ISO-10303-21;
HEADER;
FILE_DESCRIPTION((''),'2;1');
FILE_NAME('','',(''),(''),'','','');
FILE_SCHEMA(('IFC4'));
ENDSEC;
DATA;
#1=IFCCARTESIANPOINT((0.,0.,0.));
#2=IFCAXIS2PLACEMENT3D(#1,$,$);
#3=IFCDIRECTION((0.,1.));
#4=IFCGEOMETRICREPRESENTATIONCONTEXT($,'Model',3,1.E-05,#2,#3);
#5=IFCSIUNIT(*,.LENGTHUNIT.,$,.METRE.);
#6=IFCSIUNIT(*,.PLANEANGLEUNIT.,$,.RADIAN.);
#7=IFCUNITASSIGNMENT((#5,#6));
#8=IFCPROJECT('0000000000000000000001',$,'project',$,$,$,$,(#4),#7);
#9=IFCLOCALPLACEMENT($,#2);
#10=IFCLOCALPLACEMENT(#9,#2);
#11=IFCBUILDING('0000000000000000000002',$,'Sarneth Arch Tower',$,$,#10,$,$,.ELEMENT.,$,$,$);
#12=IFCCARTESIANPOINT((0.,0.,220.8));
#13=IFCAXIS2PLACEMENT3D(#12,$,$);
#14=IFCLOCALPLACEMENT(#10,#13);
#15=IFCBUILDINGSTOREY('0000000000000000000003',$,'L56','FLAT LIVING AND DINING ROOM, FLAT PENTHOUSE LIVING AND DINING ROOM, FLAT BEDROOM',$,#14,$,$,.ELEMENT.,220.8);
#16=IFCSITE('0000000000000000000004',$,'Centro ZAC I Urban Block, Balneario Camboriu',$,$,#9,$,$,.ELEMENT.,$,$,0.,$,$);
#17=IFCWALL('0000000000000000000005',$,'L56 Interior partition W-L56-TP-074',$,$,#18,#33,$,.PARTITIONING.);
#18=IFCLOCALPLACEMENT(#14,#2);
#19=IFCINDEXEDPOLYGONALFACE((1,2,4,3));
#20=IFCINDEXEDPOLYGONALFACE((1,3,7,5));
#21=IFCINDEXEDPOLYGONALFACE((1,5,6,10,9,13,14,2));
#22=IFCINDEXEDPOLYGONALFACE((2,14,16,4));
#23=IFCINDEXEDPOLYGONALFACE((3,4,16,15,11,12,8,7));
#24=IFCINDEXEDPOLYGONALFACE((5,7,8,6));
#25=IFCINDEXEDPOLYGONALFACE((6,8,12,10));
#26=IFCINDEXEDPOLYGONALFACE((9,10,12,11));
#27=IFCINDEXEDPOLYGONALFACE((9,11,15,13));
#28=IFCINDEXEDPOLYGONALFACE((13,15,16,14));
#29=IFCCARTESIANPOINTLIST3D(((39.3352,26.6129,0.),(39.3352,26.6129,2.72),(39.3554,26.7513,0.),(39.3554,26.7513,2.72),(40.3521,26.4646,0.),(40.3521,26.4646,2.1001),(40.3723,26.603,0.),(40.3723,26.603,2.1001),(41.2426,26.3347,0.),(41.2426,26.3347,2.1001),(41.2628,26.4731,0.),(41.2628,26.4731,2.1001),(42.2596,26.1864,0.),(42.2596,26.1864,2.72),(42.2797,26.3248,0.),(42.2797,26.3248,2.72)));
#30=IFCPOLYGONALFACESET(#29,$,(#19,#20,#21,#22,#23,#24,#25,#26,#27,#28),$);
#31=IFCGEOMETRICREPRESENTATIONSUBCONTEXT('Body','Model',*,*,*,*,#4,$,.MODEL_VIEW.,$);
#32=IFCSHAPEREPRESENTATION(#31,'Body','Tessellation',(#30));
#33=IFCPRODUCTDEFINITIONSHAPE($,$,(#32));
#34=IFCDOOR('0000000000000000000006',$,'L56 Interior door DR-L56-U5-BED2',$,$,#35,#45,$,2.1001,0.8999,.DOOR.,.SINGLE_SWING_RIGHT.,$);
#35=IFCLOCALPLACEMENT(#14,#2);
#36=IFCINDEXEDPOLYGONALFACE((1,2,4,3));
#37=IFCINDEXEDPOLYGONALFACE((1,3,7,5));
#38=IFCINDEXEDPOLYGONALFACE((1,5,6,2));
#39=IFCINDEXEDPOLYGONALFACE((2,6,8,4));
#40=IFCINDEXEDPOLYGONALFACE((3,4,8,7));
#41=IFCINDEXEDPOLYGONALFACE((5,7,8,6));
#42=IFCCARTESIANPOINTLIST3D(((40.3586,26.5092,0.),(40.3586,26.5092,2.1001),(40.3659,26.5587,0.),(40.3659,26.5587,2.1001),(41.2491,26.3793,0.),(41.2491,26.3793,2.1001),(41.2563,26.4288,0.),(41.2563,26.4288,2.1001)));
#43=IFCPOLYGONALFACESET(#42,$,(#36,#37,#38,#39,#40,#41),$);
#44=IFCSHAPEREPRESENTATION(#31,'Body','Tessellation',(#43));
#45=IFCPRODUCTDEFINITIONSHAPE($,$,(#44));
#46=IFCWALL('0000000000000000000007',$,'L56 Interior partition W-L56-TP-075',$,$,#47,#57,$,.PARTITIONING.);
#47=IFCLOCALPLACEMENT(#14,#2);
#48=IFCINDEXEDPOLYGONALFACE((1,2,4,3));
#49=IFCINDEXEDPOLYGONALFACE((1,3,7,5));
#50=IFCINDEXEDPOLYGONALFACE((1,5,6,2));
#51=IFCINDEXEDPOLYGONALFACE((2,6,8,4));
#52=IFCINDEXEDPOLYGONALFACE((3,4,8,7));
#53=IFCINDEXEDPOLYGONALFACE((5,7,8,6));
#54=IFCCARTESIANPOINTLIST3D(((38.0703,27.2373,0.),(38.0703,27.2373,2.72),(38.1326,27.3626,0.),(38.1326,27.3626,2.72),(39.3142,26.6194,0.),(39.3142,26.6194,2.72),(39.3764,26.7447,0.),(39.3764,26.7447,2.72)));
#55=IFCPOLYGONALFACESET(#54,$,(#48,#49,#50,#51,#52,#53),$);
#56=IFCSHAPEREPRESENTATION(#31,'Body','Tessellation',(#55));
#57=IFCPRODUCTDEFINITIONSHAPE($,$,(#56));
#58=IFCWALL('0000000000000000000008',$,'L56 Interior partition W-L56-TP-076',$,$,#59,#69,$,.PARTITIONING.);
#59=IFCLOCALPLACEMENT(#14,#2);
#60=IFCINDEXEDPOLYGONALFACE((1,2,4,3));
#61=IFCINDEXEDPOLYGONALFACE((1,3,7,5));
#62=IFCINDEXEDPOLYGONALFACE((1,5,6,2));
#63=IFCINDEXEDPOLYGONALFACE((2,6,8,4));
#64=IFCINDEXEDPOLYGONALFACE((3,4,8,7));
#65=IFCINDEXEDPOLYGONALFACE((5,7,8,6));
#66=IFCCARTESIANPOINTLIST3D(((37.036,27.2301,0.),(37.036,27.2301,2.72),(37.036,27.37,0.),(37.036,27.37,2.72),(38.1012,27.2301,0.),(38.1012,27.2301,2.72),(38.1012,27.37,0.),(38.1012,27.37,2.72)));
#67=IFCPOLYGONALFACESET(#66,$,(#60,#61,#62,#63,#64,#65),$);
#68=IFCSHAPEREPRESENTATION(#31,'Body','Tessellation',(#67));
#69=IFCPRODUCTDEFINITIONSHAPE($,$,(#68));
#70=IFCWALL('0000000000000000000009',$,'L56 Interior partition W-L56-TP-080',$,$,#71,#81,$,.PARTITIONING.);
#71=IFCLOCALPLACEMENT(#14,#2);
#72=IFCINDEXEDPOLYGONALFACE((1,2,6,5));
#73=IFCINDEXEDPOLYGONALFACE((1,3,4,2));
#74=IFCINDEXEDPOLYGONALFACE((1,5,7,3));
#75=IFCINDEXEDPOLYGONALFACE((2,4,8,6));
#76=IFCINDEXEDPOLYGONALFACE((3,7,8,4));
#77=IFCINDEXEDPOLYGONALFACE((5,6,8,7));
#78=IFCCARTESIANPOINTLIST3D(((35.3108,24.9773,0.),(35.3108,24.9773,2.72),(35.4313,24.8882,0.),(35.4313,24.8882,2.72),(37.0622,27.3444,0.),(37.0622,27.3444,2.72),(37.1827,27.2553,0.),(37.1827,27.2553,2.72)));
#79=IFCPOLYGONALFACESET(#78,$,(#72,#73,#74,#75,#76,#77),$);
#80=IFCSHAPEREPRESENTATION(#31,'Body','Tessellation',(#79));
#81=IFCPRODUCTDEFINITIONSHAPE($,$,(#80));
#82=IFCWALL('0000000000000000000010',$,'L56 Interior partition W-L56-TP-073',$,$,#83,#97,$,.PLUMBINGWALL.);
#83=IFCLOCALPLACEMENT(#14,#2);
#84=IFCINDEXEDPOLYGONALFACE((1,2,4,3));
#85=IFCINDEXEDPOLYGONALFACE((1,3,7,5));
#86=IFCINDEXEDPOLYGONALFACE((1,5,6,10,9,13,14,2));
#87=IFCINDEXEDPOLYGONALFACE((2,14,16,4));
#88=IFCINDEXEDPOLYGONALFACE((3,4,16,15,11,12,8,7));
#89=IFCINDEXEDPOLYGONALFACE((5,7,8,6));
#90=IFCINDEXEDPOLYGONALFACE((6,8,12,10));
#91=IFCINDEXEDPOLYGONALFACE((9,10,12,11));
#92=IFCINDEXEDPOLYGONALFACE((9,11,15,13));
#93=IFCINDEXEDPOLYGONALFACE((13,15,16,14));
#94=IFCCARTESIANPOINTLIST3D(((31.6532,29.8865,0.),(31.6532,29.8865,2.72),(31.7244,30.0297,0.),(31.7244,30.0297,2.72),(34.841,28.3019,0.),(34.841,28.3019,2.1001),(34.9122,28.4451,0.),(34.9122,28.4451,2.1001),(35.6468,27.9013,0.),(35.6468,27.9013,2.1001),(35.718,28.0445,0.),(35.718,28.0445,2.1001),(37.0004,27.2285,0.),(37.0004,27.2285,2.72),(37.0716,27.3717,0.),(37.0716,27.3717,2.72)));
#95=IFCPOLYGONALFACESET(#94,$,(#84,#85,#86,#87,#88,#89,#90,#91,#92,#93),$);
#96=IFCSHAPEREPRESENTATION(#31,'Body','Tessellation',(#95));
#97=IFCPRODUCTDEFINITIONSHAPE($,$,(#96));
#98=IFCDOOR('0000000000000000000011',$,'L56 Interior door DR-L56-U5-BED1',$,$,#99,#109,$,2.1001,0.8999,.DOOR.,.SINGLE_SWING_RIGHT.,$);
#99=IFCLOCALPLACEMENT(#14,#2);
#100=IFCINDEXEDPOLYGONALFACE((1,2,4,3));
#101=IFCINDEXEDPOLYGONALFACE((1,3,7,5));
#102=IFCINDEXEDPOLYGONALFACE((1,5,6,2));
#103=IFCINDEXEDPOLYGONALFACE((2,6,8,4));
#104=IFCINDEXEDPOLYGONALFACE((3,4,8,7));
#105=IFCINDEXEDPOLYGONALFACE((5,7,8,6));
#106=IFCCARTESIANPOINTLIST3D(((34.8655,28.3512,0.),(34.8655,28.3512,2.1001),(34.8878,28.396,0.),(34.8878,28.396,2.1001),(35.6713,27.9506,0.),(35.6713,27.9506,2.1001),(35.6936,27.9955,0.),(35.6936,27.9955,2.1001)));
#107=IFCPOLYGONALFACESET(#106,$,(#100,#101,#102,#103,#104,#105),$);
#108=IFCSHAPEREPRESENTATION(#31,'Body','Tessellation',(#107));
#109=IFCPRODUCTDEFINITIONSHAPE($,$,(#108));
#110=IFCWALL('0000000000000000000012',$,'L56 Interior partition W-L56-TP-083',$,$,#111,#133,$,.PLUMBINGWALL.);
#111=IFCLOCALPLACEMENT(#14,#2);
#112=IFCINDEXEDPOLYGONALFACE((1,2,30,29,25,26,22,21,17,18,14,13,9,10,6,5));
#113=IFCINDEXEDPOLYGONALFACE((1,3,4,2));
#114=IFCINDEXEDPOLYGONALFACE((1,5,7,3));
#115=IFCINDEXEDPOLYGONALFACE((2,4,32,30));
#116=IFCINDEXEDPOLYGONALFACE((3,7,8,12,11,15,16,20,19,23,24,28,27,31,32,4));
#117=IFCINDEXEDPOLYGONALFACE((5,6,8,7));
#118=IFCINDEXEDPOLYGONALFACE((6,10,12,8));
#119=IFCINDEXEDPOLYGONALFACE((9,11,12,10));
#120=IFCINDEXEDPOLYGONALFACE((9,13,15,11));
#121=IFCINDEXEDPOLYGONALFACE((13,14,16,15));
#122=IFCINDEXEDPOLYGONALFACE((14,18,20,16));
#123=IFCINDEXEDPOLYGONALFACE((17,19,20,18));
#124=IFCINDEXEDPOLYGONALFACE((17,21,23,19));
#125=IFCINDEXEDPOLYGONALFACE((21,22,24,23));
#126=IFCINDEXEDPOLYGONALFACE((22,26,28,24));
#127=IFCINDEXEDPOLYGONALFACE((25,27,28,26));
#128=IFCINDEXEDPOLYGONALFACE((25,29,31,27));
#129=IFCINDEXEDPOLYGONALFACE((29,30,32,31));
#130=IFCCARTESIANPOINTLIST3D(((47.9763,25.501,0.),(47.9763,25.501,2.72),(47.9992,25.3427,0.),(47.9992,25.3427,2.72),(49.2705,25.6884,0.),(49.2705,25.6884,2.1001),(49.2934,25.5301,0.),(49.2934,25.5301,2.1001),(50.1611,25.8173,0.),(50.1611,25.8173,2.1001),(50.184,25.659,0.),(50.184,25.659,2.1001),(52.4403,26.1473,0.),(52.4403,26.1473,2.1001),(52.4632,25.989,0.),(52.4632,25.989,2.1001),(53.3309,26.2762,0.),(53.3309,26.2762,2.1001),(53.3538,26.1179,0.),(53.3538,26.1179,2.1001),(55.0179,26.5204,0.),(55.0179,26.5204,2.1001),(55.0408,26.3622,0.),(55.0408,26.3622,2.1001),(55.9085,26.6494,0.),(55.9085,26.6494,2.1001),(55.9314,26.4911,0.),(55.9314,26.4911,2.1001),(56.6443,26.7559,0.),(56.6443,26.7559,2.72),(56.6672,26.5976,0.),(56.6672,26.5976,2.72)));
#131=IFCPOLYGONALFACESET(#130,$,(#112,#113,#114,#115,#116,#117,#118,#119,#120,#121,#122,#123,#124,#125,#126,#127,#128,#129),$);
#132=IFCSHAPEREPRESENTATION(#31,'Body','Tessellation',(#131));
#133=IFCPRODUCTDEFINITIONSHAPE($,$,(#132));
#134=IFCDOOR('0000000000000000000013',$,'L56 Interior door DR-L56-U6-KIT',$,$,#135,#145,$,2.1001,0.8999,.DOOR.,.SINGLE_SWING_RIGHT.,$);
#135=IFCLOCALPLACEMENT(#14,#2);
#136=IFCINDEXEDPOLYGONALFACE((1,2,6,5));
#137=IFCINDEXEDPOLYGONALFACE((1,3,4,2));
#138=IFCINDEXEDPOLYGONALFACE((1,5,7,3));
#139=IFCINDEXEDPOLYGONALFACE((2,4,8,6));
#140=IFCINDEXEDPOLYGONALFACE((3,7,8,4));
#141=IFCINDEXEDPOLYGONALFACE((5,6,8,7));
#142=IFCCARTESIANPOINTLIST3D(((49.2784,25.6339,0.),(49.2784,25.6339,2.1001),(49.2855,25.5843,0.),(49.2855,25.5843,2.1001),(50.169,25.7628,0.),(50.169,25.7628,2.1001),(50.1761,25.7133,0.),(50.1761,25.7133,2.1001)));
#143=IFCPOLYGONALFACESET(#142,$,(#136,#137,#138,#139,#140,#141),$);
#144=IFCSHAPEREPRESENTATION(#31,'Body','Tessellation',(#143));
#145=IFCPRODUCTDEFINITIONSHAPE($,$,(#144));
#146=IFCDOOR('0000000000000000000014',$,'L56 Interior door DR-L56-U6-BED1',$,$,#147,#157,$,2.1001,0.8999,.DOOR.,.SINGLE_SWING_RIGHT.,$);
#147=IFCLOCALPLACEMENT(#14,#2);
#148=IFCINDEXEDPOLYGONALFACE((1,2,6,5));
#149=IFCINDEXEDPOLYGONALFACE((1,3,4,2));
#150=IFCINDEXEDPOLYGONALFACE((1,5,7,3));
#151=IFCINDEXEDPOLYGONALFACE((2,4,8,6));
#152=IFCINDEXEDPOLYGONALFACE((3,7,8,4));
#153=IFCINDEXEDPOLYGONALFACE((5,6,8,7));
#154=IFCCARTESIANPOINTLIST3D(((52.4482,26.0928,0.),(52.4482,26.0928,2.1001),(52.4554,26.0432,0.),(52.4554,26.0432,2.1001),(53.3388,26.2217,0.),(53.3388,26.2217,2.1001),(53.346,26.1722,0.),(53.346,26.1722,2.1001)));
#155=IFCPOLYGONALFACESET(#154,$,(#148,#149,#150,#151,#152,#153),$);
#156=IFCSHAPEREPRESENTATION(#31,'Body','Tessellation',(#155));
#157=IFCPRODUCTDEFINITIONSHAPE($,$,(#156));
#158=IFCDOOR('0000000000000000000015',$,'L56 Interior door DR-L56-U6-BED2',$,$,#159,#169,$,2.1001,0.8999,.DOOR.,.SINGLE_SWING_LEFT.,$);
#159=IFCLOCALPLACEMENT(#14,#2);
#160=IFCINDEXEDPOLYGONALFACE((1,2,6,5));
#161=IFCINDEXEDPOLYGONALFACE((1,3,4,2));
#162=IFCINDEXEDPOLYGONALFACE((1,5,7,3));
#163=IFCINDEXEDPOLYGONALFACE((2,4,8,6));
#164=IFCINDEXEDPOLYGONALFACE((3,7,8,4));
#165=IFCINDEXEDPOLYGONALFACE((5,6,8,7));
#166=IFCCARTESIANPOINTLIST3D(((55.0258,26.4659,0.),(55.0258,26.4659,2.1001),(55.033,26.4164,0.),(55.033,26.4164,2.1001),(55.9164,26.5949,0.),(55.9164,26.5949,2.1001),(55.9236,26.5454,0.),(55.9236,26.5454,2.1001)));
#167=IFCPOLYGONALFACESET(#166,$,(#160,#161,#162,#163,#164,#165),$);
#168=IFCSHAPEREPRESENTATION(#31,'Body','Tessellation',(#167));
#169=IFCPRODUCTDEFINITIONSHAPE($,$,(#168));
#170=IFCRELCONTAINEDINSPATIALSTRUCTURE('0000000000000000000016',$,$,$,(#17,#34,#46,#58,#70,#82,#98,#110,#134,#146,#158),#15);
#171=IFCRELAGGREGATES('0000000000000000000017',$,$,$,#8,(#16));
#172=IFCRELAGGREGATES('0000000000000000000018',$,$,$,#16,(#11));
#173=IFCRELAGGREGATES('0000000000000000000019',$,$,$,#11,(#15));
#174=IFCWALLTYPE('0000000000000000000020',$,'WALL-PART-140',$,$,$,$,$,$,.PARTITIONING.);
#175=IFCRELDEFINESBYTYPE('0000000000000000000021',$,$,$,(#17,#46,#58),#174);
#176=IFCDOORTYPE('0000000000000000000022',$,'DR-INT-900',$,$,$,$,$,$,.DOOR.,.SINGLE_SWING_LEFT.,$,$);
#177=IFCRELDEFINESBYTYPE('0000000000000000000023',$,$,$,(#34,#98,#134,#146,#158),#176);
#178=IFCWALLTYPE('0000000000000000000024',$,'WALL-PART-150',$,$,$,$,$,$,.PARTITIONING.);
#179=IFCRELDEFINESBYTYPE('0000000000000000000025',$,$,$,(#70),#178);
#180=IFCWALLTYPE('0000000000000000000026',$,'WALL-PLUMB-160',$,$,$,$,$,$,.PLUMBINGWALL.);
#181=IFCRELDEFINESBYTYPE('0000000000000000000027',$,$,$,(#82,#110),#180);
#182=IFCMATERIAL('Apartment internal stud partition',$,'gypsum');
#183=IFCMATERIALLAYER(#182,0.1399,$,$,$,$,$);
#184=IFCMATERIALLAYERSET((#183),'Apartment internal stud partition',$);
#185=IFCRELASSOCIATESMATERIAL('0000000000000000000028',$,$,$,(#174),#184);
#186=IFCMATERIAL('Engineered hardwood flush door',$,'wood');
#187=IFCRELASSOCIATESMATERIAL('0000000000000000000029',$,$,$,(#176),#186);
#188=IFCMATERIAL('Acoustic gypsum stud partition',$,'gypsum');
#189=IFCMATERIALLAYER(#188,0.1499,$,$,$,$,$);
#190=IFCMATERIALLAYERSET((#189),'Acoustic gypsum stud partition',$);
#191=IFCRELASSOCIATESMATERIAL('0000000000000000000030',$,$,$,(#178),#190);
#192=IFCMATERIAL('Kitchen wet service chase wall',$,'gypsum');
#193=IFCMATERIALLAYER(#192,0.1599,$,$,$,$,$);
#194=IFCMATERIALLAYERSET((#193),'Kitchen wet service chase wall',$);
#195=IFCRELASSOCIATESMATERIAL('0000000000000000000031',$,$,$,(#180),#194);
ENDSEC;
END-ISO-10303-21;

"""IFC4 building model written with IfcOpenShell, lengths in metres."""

from ifc_helpers import new_model, si_unit, direction, frame, frame_2d, origin, place, context, subcontext, project, spatial, rectangle, extrude, material, layer, layer_set, type_object, element, fill, save


model = new_model("IFC4")

# Units and contexts
model_context = context("Model", 3, precision=1e-05, world=origin(), true_north=direction((0.0, 1.0)))
body_context = subcontext(model_context, "Body", "Model", "MODEL_VIEW")
ifc_project = project(units=[si_unit("LENGTHUNIT", "METRE"), si_unit("PLANEANGLEUNIT", "RADIAN")], contexts=[model_context])

# Site, building, storey
site_placement = place(None, origin())
site = spatial("IfcSite", under=ifc_project, at=site_placement, Name="Centro ZAC I Urban Block, Balneario Camboriu", CompositionType="ELEMENT", RefElevation=0.0)
building_placement = place(site_placement, origin())
building = spatial("IfcBuilding", under=site, at=building_placement, Name="Sarneth Arch Tower", CompositionType="ELEMENT")
storey_placement = place(building_placement, frame((0.0, 0.0, 220.8)))
storey = spatial("IfcBuildingStorey", under=building, at=storey_placement, Name="L56", Description="FLAT LIVING AND DINING ROOM, FLAT PENTHOUSE LIVING AND DINING ROOM, FLAT BEDROOM", CompositionType="ELEMENT", Elevation=220.8)

# Wall, opening, door
ifc_material_1 = material(Name="Apartment internal stud partition", Category="gypsum")
ifc_layer_1 = layer(ifc_material_1, 0.1399)
ifc_layer_set_1 = layer_set([ifc_layer_1], Name="Apartment internal stud partition")
wall_type_1 = type_object("IfcWallType", Name="WALL-PART-140", PredefinedType="PARTITIONING", material=ifc_layer_set_1)
wall_1_placement = place(storey_placement, frame((42.2695, 26.2556, 0.0), z_axis=(0.0, 0.0, 1.0), x_axis=(-0.989531, 0.144324, 0.0)))
wall_1 = element("IfcWall", 1, at=wall_1_placement, inside=storey, type_object=wall_type_1, Name="L56 Interior partition W-L56-TP-074", PredefinedType="PARTITIONING", context=body_context, shape_type="SweptSolid", body=[
    extrude(rectangle(XDim=2.9553, YDim=0.1399, at=frame_2d((1.4775, 0.0))), origin(), (0.0, 0.0, 1.0), 2.72),
])
opening_1_placement = place(wall_1_placement, frame((1.0276, 0.0, 0.0)))
opening_1 = element("IfcOpeningElement", 2, at=opening_1_placement, cuts=wall_1, PredefinedType="OPENING", context=body_context, shape_type="SweptSolid", body=[
    extrude(rectangle(XDim=0.8999, YDim=2.1001, at=frame_2d((0.45, 1.05))), frame((0.0, 0.0798, 0.0), z_axis=(0.0, -1.0, 0.0), x_axis=(1.0, 0.0, 0.0)), (0.0, 0.0, 1.0), 0.1599),
])
ifc_material_2 = material(Name="Engineered hardwood flush door", Category="wood")
door_type_1 = type_object("IfcDoorType", Name="DR-INT-900", OperationType="SINGLE_SWING_LEFT", PredefinedType="DOOR", material=ifc_material_2)
door_1_placement = place(opening_1_placement, origin())
door_1 = element("IfcDoor", 3, at=door_1_placement, inside=storey, type_object=door_type_1, Name="L56 Interior door DR-L56-U5-BED2", OperationType="SINGLE_SWING_RIGHT", OverallHeight=2.1001, OverallWidth=0.8999, PredefinedType="DOOR", context=body_context, shape_type="SweptSolid", body=[
    extrude(rectangle(XDim=0.8999, YDim=2.1001, at=frame_2d((0.45, 1.05))), frame((0.0, 0.0249, 0.0), z_axis=(0.0, -1.0, 0.0), x_axis=(1.0, 0.0, 0.0)), (0.0, 0.0, 1.0), 0.05),
])
fill(opening_1, door_1)

# Walls
wall_2_placement = place(storey_placement, frame((39.3452, 26.6821, 0.0), z_axis=(0.0, 0.0, 1.0), x_axis=(-0.895584, 0.444892, 0.0)))
element("IfcWall", 4, at=wall_2_placement, inside=storey, type_object=wall_type_1, Name="L56 Interior partition W-L56-TP-075", PredefinedType="PARTITIONING", context=body_context, shape_type="SweptSolid", body=[
    extrude(rectangle(XDim=1.3889, YDim=0.1399, at=frame_2d((0.6943, 0.0))), origin(), (0.0, 0.0, 1.0), 2.72),
])
wall_3_placement = place(storey_placement, frame((38.1013, 27.3, 0.0), z_axis=(0.0, 0.0, 1.0), x_axis=(-1.0, 0.0, 0.0)))
element("IfcWall", 5, at=wall_3_placement, inside=storey, type_object=wall_type_1, Name="L56 Interior partition W-L56-TP-076", PredefinedType="PARTITIONING", context=body_context, shape_type="SweptSolid", body=[
    extrude(rectangle(XDim=1.0652, YDim=0.1399, at=frame_2d((0.5327, 0.0))), origin(), (0.0, 0.0, 1.0), 2.72),
])
ifc_material_3 = material(Name="Acoustic gypsum stud partition", Category="gypsum")
ifc_layer_2 = layer(ifc_material_3, 0.1499)
ifc_layer_set_2 = layer_set([ifc_layer_2], Name="Acoustic gypsum stud partition")
wall_type_2 = type_object("IfcWallType", Name="WALL-PART-150", PredefinedType="PARTITIONING", material=ifc_layer_set_2)
wall_4_placement = place(storey_placement, frame((35.3711, 24.9329, 0.0), z_axis=(0.0, 0.0, 1.0), x_axis=(0.594787, 0.803883, 0.0)))
element("IfcWall", 6, at=wall_4_placement, inside=storey, type_object=wall_type_2, Name="L56 Interior partition W-L56-TP-080", PredefinedType="PARTITIONING", context=body_context, shape_type="SweptSolid", body=[
    extrude(rectangle(XDim=2.9446, YDim=0.1499, at=frame_2d((1.4722, 0.0))), origin(), (0.0, 0.0, 1.0), 2.72),
])

# Wall, opening, door
ifc_material_4 = material(Name="Kitchen wet service chase wall", Category="gypsum")
ifc_layer_3 = layer(ifc_material_4, 0.1599)
ifc_layer_set_3 = layer_set([ifc_layer_3], Name="Kitchen wet service chase wall")
wall_type_3 = type_object("IfcWallType", Name="WALL-PLUMB-160", PredefinedType="PLUMBINGWALL", material=ifc_layer_set_3)
wall_5_placement = place(storey_placement, frame((37.0361, 27.3, 0.0), z_axis=(0.0, 0.0, 1.0), x_axis=(-0.895471, 0.445119, 0.0)))
wall_5 = element("IfcWall", 7, at=wall_5_placement, inside=storey, type_object=wall_type_3, Name="L56 Interior partition W-L56-TP-073", PredefinedType="PLUMBINGWALL", context=body_context, shape_type="SweptSolid", body=[
    extrude(rectangle(XDim=5.9714, YDim=0.1599, at=frame_2d((2.9858, 0.0))), origin(), (0.0, 0.0, 1.0), 2.72),
])
opening_2_placement = place(wall_5_placement, frame((1.5117, 0.0, 0.0)))
opening_2 = element("IfcOpeningElement", 8, at=opening_2_placement, cuts=wall_5, PredefinedType="OPENING", context=body_context, shape_type="SweptSolid", body=[
    extrude(rectangle(XDim=0.8999, YDim=2.1001, at=frame_2d((0.45, 1.05))), frame((0.0, 0.0898, 0.0), z_axis=(0.0, -1.0, 0.0), x_axis=(1.0, 0.0, 0.0)), (0.0, 0.0, 1.0), 0.1799),
])
door_2_placement = place(opening_2_placement, origin())
door_2 = element("IfcDoor", 9, at=door_2_placement, inside=storey, type_object=door_type_1, Name="L56 Interior door DR-L56-U5-BED1", OperationType="SINGLE_SWING_RIGHT", OverallHeight=2.1001, OverallWidth=0.8999, PredefinedType="DOOR", context=body_context, shape_type="SweptSolid", body=[
    extrude(rectangle(XDim=0.8999, YDim=2.1001, at=frame_2d((0.45, 1.05))), frame((0.0, 0.0249, 0.0), z_axis=(0.0, -1.0, 0.0), x_axis=(1.0, 0.0, 0.0)), (0.0, 0.0, 1.0), 0.05),
])
fill(opening_2, door_2)

# Wall, openings, doors
wall_6_placement = place(storey_placement, frame((47.9878, 25.4219, 0.0), z_axis=(0.0, 0.0, 1.0), x_axis=(0.989682, 0.143279, 0.0)))
wall_6 = element("IfcWall", 10, at=wall_6_placement, inside=storey, type_object=wall_type_3, Name="L56 Interior partition W-L56-TP-083", PredefinedType="PLUMBINGWALL", context=body_context, shape_type="SweptSolid", body=[
    extrude(rectangle(XDim=8.7583, YDim=0.1599, at=frame_2d((4.3792, 0.0))), origin(), (0.0, 0.0, 1.0), 2.72),
])
opening_3_placement = place(wall_6_placement, frame((1.3076, 0.0, 0.0)))
opening_3 = element("IfcOpeningElement", 11, at=opening_3_placement, cuts=wall_6, PredefinedType="OPENING", context=body_context, shape_type="SweptSolid", body=[
    extrude(rectangle(XDim=0.8999, YDim=2.1001, at=frame_2d((0.45, 1.05))), frame((0.0, 0.0898, 0.0), z_axis=(0.0, -1.0, 0.0), x_axis=(1.0, 0.0, 0.0)), (0.0, 0.0, 1.0), 0.1799),
])
opening_4_placement = place(wall_6_placement, frame((4.5105, 0.0, 0.0)))
opening_4 = element("IfcOpeningElement", 12, at=opening_4_placement, cuts=wall_6, PredefinedType="OPENING", context=body_context, shape_type="SweptSolid", body=[
    extrude(rectangle(XDim=0.8999, YDim=2.1001, at=frame_2d((0.45, 1.05))), frame((0.0, 0.0898, 0.0), z_axis=(0.0, -1.0, 0.0), x_axis=(1.0, 0.0, 0.0)), (0.0, 0.0, 1.0), 0.1799),
])
opening_5_placement = place(wall_6_placement, frame((7.115, 0.0, 0.0)))
opening_5 = element("IfcOpeningElement", 13, at=opening_5_placement, cuts=wall_6, PredefinedType="OPENING", context=body_context, shape_type="SweptSolid", body=[
    extrude(rectangle(XDim=0.8999, YDim=2.1001, at=frame_2d((0.45, 1.05))), frame((0.0, 0.0898, 0.0), z_axis=(0.0, -1.0, 0.0), x_axis=(1.0, 0.0, 0.0)), (0.0, 0.0, 1.0), 0.1799),
])
door_3_placement = place(opening_3_placement, origin())
door_3 = element("IfcDoor", 14, at=door_3_placement, inside=storey, type_object=door_type_1, Name="L56 Interior door DR-L56-U6-KIT", OperationType="SINGLE_SWING_RIGHT", OverallHeight=2.1001, OverallWidth=0.8999, PredefinedType="DOOR", context=body_context, shape_type="SweptSolid", body=[
    extrude(rectangle(XDim=0.8999, YDim=2.1001, at=frame_2d((0.45, 1.05))), frame((0.0, 0.0249, 0.0), z_axis=(0.0, -1.0, 0.0), x_axis=(1.0, 0.0, 0.0)), (0.0, 0.0, 1.0), 0.05),
])
fill(opening_3, door_3)
door_4_placement = place(opening_4_placement, origin())
door_4 = element("IfcDoor", 15, at=door_4_placement, inside=storey, type_object=door_type_1, Name="L56 Interior door DR-L56-U6-BED1", OperationType="SINGLE_SWING_RIGHT", OverallHeight=2.1001, OverallWidth=0.8999, PredefinedType="DOOR", context=body_context, shape_type="SweptSolid", body=[
    extrude(rectangle(XDim=0.8999, YDim=2.1001, at=frame_2d((0.45, 1.05))), frame((0.0, 0.0249, 0.0), z_axis=(0.0, -1.0, 0.0), x_axis=(1.0, 0.0, 0.0)), (0.0, 0.0, 1.0), 0.05),
])
fill(opening_4, door_4)
door_5_placement = place(opening_5_placement, origin())
door_5 = element("IfcDoor", 16, at=door_5_placement, inside=storey, type_object=door_type_1, Name="L56 Interior door DR-L56-U6-BED2", OperationType="SINGLE_SWING_LEFT", OverallHeight=2.1001, OverallWidth=0.8999, PredefinedType="DOOR", context=body_context, shape_type="SweptSolid", body=[
    extrude(rectangle(XDim=0.8999, YDim=2.1001, at=frame_2d((0.45, 1.05))), frame((0.0, 0.0249, 0.0), z_axis=(0.0, -1.0, 0.0), x_axis=(1.0, 0.0, 0.0)), (0.0, 0.0, 1.0), 0.05),
])
fill(opening_5, door_5)

save(model, "model.ifc")
